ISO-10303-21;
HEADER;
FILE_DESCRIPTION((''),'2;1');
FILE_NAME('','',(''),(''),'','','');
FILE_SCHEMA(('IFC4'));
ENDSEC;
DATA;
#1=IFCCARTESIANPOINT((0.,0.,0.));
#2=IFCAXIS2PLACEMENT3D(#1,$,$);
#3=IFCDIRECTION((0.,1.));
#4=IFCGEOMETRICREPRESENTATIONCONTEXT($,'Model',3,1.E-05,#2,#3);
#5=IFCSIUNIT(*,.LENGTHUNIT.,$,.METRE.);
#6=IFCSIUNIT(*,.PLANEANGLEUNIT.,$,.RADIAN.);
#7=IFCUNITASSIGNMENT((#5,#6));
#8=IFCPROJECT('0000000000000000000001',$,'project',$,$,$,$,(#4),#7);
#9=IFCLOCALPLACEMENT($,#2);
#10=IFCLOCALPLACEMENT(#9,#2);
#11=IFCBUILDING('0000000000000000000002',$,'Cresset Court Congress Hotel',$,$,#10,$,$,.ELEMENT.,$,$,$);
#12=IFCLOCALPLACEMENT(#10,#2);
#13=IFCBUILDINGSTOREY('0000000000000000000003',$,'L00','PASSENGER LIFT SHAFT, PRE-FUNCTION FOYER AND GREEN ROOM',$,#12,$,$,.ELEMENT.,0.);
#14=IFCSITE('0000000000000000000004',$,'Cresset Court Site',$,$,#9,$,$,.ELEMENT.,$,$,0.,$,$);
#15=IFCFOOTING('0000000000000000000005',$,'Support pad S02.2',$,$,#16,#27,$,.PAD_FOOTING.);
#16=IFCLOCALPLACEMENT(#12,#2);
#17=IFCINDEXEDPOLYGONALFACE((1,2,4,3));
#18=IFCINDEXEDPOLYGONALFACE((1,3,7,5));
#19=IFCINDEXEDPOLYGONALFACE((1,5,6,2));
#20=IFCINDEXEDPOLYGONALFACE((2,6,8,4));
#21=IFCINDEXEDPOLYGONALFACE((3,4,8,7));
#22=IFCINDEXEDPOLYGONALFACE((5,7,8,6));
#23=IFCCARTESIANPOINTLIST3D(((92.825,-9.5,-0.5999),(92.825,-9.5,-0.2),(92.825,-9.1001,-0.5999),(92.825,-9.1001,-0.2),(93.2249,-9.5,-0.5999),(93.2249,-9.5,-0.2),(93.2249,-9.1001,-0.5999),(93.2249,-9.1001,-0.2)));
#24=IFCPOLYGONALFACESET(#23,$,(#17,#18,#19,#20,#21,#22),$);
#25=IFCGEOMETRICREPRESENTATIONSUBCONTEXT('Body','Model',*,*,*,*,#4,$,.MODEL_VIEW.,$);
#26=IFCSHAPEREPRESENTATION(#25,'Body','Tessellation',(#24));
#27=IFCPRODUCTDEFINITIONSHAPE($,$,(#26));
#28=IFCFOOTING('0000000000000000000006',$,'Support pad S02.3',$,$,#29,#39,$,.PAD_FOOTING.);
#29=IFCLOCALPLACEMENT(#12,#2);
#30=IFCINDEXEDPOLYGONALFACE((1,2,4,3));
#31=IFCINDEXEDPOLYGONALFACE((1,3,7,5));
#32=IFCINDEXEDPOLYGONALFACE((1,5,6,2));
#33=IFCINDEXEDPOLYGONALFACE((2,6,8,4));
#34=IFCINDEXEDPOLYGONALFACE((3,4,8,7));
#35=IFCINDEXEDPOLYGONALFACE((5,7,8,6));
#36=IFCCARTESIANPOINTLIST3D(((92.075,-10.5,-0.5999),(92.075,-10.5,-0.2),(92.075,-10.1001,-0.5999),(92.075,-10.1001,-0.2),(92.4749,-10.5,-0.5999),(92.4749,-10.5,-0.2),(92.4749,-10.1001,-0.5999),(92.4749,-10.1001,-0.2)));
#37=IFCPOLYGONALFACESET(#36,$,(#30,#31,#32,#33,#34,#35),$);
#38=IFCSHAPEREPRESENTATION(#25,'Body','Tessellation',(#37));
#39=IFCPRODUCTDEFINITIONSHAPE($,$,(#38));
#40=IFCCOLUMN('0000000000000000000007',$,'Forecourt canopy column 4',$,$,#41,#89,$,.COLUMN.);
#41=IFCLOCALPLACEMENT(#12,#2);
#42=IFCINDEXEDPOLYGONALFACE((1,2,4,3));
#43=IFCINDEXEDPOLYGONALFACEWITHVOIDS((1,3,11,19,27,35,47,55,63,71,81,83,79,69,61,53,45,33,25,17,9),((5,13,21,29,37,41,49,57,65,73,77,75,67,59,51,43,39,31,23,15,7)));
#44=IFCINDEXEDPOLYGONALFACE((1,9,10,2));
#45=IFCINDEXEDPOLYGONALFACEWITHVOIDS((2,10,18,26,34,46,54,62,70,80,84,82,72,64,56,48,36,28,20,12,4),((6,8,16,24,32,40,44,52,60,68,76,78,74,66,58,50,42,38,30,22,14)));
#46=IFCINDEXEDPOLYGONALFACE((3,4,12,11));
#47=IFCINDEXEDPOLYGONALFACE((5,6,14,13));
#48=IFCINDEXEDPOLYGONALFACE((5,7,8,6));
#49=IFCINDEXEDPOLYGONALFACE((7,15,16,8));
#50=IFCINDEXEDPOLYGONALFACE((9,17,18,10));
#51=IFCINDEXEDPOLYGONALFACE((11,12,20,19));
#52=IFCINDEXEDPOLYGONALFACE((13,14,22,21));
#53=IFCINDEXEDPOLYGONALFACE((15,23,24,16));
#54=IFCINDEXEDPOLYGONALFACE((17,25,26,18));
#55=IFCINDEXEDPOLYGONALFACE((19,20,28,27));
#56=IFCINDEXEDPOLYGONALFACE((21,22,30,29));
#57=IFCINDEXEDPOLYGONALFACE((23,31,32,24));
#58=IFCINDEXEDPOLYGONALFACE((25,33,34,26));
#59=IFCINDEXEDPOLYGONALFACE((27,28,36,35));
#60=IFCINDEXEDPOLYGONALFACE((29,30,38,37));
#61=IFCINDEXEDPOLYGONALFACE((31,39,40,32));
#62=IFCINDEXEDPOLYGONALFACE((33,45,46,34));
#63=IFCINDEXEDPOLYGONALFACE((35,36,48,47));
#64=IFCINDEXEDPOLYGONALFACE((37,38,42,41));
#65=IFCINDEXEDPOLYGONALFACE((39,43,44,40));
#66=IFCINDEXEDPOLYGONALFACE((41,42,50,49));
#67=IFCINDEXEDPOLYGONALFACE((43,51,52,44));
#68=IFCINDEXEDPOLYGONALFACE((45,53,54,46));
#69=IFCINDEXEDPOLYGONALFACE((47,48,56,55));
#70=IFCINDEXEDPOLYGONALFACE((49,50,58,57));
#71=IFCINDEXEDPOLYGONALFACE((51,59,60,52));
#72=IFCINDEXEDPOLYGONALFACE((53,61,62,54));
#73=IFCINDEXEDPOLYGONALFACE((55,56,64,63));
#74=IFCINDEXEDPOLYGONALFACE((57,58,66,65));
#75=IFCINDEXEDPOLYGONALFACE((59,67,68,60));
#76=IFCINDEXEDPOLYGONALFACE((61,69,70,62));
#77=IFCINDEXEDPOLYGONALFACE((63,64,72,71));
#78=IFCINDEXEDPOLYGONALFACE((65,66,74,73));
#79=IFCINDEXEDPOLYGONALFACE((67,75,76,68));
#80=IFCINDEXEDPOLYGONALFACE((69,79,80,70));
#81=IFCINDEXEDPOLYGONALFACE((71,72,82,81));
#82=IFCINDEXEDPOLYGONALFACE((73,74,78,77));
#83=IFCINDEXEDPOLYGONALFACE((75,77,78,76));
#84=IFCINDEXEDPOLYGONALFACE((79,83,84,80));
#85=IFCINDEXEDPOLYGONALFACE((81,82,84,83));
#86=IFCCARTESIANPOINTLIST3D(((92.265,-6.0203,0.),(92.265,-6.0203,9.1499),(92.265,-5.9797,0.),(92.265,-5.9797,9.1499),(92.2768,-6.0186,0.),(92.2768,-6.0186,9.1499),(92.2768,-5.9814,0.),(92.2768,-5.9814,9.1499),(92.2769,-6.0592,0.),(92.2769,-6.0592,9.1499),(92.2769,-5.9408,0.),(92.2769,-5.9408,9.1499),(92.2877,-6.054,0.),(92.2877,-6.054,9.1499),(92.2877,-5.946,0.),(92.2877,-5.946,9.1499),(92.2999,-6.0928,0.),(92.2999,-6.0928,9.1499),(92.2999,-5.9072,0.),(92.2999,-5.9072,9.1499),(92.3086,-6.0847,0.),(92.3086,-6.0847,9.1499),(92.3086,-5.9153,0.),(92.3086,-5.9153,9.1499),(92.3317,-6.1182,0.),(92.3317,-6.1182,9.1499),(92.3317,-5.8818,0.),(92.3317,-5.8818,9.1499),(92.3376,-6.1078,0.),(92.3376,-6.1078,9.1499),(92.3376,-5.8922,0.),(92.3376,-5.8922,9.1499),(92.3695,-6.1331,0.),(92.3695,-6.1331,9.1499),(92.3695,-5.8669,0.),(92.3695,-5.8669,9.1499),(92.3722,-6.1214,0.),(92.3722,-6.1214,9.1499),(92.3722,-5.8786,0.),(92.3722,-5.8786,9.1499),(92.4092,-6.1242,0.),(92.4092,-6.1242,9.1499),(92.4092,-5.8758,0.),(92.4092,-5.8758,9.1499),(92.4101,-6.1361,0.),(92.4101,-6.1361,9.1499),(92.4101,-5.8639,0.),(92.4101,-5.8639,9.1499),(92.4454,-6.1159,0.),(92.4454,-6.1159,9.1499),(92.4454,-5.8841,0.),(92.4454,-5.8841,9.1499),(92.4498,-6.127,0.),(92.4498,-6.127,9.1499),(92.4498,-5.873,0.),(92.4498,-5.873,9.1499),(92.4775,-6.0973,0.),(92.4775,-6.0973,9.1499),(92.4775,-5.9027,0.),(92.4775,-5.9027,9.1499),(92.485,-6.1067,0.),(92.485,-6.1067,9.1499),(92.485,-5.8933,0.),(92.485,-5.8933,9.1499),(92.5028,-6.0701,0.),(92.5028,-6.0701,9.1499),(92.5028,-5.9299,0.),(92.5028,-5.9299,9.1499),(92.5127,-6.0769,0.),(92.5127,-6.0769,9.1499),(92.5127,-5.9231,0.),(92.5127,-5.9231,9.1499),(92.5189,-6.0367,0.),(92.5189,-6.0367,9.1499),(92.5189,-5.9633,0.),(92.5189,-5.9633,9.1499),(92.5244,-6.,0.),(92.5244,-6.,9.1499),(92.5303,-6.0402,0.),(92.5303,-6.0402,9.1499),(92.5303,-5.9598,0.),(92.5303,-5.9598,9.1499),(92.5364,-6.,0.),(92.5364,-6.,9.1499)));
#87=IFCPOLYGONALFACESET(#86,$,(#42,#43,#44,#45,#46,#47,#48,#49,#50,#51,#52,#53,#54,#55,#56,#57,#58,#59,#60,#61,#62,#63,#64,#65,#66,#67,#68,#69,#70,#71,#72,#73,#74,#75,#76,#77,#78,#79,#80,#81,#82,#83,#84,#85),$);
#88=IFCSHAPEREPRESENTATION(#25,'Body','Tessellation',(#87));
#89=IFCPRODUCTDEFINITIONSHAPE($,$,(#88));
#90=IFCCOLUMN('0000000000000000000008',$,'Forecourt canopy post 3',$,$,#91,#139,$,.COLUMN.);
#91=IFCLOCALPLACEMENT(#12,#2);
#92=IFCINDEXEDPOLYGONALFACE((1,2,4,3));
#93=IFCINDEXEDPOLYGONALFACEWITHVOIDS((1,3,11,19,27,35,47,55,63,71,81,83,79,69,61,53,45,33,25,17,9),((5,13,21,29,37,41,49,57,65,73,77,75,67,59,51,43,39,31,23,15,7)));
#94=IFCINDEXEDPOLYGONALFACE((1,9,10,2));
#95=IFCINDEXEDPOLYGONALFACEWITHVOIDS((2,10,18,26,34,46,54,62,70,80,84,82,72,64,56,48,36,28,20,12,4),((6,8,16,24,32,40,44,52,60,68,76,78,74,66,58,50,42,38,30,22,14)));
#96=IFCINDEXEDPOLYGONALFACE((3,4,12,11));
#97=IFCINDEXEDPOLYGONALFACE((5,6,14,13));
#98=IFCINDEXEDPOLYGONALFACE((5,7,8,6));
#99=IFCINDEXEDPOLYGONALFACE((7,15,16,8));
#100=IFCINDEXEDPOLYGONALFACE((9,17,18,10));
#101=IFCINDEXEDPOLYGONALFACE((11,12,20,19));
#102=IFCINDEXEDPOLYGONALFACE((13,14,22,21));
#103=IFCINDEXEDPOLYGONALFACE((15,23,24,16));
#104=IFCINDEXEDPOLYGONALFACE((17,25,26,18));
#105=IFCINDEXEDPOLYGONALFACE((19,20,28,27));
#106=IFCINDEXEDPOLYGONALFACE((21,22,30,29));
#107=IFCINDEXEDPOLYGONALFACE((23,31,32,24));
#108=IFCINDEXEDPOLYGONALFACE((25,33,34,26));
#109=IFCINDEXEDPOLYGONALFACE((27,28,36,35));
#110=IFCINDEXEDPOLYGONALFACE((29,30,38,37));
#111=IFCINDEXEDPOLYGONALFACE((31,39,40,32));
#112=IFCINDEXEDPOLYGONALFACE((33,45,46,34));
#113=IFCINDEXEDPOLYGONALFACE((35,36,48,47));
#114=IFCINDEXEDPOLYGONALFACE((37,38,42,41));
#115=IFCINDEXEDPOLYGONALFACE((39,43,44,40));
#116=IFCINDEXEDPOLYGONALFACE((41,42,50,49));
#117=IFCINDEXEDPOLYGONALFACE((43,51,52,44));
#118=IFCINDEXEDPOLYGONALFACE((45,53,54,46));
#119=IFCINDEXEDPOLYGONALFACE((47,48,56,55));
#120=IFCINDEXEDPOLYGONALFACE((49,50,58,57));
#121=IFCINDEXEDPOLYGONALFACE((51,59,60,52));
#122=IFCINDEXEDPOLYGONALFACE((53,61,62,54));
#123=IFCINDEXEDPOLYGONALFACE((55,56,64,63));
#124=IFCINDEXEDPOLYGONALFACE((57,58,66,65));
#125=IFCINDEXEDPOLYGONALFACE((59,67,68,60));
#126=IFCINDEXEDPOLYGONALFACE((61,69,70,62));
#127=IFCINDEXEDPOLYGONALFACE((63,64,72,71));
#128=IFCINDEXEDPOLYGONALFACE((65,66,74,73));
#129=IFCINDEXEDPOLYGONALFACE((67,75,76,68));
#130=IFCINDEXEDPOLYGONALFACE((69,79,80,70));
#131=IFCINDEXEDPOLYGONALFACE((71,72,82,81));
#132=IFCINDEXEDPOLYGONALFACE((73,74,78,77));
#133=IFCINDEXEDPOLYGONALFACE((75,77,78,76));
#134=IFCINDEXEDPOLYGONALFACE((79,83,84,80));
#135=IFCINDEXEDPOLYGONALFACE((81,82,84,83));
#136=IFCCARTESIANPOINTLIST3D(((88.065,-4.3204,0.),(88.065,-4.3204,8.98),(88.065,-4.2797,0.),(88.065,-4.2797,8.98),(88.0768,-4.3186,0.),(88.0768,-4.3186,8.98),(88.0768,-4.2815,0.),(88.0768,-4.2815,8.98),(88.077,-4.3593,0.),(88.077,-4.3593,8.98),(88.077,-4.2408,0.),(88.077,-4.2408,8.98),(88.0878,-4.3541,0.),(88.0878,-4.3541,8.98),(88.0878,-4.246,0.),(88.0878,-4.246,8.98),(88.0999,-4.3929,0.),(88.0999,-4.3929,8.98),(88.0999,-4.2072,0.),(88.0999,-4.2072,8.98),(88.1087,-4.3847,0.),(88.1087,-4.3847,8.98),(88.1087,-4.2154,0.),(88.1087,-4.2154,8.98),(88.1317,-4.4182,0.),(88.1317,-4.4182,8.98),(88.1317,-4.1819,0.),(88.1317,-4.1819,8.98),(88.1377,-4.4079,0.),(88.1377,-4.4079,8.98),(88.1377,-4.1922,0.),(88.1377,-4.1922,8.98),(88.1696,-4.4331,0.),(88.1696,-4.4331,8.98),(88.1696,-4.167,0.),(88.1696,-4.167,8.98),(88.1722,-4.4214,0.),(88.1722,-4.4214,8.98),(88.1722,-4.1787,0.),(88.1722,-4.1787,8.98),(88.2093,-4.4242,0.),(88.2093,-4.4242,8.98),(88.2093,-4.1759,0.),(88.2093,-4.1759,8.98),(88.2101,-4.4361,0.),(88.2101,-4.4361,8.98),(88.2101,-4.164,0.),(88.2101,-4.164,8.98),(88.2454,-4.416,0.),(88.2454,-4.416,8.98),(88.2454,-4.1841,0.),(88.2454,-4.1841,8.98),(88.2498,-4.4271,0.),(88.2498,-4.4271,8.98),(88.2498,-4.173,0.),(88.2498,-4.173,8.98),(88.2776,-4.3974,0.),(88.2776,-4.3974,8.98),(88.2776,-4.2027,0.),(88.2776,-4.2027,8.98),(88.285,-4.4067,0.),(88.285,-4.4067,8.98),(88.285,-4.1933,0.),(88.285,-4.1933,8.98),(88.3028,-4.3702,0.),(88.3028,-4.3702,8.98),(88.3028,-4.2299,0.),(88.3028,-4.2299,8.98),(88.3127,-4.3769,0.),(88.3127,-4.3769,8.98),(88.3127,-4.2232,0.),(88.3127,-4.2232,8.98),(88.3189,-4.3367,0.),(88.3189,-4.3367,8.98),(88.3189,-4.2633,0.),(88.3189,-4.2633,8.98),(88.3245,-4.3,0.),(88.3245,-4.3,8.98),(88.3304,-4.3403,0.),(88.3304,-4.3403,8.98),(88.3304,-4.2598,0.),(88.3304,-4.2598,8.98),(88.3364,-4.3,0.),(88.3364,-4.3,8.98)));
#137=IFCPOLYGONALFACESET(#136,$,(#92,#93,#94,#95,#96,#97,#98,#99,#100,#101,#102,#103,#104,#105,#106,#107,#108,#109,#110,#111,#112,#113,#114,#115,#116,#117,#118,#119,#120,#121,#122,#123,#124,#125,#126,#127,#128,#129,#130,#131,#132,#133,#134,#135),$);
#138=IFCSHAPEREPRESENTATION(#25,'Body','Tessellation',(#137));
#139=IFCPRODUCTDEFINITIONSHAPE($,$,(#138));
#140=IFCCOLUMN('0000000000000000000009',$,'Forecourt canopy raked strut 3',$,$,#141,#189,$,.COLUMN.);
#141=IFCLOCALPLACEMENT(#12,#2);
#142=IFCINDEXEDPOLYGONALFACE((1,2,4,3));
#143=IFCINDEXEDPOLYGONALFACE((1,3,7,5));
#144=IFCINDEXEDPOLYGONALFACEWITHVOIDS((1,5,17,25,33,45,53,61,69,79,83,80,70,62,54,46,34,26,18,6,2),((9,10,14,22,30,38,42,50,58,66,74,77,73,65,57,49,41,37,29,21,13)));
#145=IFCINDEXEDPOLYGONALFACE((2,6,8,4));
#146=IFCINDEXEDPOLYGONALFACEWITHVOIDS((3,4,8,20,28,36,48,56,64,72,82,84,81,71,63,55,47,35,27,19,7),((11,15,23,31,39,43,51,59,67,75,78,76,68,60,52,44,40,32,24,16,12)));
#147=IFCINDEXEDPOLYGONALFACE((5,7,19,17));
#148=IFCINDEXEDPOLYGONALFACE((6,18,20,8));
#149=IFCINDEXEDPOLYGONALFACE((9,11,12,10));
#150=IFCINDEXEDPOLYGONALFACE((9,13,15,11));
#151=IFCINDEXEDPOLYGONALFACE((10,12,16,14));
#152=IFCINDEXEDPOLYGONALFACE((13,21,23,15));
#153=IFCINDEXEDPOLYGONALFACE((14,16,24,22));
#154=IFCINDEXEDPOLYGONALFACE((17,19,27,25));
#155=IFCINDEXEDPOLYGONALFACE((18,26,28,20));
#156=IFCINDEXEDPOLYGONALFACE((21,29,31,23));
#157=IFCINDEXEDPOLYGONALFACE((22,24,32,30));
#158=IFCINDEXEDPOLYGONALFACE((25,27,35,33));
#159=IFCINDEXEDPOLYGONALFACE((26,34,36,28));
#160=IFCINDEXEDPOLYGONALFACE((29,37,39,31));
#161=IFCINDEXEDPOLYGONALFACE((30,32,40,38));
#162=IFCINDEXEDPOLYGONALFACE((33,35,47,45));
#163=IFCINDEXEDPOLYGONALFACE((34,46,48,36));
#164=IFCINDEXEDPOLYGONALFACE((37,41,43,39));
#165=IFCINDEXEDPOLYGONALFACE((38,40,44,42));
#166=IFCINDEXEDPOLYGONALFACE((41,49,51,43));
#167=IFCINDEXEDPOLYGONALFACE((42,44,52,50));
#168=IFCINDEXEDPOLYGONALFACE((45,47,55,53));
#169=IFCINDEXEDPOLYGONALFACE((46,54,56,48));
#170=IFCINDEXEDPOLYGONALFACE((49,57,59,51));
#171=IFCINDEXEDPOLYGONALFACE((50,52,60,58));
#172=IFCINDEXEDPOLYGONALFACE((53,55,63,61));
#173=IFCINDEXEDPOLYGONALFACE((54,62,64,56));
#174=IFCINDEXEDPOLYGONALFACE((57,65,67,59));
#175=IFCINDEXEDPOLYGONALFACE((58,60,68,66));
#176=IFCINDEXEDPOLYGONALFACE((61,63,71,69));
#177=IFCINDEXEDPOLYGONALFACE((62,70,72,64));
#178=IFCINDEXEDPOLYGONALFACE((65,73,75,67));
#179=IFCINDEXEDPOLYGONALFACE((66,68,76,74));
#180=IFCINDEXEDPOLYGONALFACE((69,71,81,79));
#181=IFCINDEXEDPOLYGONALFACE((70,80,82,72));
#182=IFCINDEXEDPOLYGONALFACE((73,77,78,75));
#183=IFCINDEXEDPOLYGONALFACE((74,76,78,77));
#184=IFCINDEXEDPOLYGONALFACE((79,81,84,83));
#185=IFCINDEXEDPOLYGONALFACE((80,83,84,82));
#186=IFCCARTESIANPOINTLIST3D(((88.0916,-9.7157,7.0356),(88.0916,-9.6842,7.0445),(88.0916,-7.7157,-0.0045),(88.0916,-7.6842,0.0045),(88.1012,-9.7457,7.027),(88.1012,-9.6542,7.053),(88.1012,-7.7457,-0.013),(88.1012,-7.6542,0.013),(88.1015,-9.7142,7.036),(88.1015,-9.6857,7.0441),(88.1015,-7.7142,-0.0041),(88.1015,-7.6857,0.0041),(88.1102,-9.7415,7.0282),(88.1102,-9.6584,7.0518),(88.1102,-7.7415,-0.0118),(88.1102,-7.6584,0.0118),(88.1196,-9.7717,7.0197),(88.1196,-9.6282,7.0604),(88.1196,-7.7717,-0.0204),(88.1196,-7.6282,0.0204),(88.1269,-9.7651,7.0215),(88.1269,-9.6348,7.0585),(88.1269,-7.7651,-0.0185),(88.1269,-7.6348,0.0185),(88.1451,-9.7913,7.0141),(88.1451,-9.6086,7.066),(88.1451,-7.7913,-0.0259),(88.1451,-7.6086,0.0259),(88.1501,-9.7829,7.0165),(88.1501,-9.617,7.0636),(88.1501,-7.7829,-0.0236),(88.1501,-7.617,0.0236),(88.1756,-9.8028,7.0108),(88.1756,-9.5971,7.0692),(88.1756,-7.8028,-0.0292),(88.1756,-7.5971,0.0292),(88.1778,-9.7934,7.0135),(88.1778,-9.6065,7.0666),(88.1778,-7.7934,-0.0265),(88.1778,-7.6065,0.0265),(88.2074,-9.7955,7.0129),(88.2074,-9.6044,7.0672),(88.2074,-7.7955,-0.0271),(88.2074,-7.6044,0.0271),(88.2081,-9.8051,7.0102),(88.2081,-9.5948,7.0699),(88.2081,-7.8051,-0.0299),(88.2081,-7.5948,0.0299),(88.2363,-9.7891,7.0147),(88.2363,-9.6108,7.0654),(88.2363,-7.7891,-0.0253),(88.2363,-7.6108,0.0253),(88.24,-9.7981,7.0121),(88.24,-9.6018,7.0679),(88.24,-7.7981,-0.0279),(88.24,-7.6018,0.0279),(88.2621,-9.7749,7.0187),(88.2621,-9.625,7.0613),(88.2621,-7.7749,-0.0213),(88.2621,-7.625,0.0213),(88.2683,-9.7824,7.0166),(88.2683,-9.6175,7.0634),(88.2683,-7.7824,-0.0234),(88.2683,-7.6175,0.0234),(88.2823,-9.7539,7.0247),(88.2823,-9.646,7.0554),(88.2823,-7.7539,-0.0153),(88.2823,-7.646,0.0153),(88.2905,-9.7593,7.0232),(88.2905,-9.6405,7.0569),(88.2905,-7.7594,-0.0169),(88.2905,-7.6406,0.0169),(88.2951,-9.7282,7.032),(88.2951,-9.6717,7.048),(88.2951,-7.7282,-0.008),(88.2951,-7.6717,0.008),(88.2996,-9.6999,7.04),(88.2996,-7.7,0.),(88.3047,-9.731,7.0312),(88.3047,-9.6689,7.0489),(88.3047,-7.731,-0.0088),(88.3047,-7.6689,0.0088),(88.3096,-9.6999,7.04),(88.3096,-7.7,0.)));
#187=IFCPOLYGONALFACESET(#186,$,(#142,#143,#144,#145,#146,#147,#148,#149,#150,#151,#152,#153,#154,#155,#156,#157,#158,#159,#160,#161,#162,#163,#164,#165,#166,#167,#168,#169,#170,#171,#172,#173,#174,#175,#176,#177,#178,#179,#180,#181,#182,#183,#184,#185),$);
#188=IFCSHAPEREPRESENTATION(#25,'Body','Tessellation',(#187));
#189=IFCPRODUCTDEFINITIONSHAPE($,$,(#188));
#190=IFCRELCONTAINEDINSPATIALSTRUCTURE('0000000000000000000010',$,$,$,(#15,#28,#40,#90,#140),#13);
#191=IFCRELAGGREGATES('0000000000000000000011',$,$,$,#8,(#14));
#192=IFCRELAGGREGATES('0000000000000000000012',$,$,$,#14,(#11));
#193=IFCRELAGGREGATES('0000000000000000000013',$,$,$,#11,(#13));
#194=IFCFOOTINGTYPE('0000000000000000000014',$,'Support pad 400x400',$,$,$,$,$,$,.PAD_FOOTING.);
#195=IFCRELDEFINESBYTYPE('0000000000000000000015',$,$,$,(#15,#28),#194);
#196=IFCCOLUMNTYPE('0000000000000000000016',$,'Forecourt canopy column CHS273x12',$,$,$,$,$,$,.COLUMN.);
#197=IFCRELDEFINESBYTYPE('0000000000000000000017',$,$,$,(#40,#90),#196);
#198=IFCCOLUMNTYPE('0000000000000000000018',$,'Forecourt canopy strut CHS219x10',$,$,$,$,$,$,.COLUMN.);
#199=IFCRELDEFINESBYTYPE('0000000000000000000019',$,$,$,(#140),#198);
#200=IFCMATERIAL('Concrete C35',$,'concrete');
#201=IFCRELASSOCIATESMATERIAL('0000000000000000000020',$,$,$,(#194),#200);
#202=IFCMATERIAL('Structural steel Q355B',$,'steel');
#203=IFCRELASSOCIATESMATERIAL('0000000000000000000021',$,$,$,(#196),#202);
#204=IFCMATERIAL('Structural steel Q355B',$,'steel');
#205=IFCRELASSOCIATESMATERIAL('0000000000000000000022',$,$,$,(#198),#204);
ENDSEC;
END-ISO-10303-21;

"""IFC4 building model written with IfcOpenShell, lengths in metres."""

from ifc_helpers import new_model, si_unit, direction, frame, origin, origin_2d, place, context, subcontext, project, spatial, rectangle, hollow_circle, extrude, material, material_profile, profile_set, type_object, element, save


model = new_model("IFC4")

# Units and contexts
model_context = context("Model", 3, precision=1e-05, world=origin(), true_north=direction((0.0, 1.0)))
body_context = subcontext(model_context, "Body", "Model", "MODEL_VIEW")
ifc_project = project(units=[si_unit("LENGTHUNIT", "METRE"), si_unit("PLANEANGLEUNIT", "RADIAN")], contexts=[model_context])

# Site, building, storey
site_placement = place(None, origin())
site = spatial("IfcSite", under=ifc_project, at=site_placement, Name="Cresset Court Site", CompositionType="ELEMENT", RefElevation=0.0)
building_placement = place(site_placement, origin())
building = spatial("IfcBuilding", under=site, at=building_placement, Name="Cresset Court Congress Hotel", CompositionType="ELEMENT")
storey_placement = place(building_placement, origin())
storey = spatial("IfcBuildingStorey", under=building, at=storey_placement, Name="L00", Description="PASSENGER LIFT SHAFT, PRE-FUNCTION FOYER AND GREEN ROOM", CompositionType="ELEMENT", Elevation=0.0)

# Footings
ifc_material_1 = material(Name="Concrete C35", Category="concrete")
footing_type = type_object("IfcFootingType", Name="Support pad 400x400", PredefinedType="PAD_FOOTING", material=ifc_material_1)
for number, where, z_axis, x_axis, name in (
    (1, (93.0249, -9.3, -0.5999), (0.0, 0.0, 1.0), (1.0, 0.0, 0.0), "Support pad S02.2"),
    (2, (92.2749, -10.3, -0.5999), (0.0, 0.0, 1.0), (1.0, 0.0, 0.0), "Support pad S02.3"),
):
    element("IfcFooting", number, at=place(storey_placement, frame(where, z_axis=z_axis, x_axis=x_axis)), inside=storey, type_object=footing_type, Name=name, PredefinedType="PAD_FOOTING", context=body_context, shape_type="SweptSolid", body=[
        extrude(rectangle(XDim=0.3999, YDim=0.3999, at=origin_2d()), origin(), (0.0, 0.0, 1.0), 0.3999),
    ])

# Columns
ifc_material_2 = material(Name="Structural steel Q355B", Category="steel")
ifc_material_profile_1 = material_profile(ifc_material_2, hollow_circle(Radius=0.1365, WallThickness=0.012, at=origin_2d()), Name="CHS273x12")
ifc_profile_set_1 = profile_set([ifc_material_profile_1], Name="Structural steel Q355B")
column_type_1 = type_object("IfcColumnType", Name="Forecourt canopy column CHS273x12", PredefinedType="COLUMN", material=ifc_profile_set_1)
column_1_placement = place(storey_placement, frame((92.3999, -6.0, 0.0), z_axis=(0.0, 0.0, 1.0), x_axis=(1.0, 0.0, 0.0)))
element("IfcColumn", 3, at=column_1_placement, inside=storey, type_object=column_type_1, Name="Forecourt canopy column 4", PredefinedType="COLUMN", context=body_context, shape_type="SweptSolid", body=[
    extrude(hollow_circle(Radius=0.1365, WallThickness=0.012, at=origin_2d()), origin(), (0.0, 0.0, 1.0), 9.1499),
])
column_2_placement = place(storey_placement, frame((88.2, -4.3, 0.0), z_axis=(0.0, 0.0, 1.0), x_axis=(1.0, 0.0, 0.0)))
element("IfcColumn", 4, at=column_2_placement, inside=storey, type_object=column_type_1, Name="Forecourt canopy post 3", PredefinedType="COLUMN", context=body_context, shape_type="SweptSolid", body=[
    extrude(hollow_circle(Radius=0.1365, WallThickness=0.012, at=origin_2d()), origin(), (0.0, 0.0, 1.0), 8.98),
])
ifc_material_3 = material(Name="Structural steel Q355B", Category="steel")
ifc_material_profile_2 = material_profile(ifc_material_3, hollow_circle(Radius=0.1096, WallThickness=0.01, at=origin_2d()), Name="CHS219x10")
ifc_profile_set_2 = profile_set([ifc_material_profile_2], Name="Structural steel Q355B")
column_type_2 = type_object("IfcColumnType", Name="Forecourt canopy strut CHS219x10", PredefinedType="COLUMN", material=ifc_profile_set_2)
column_3_placement = place(storey_placement, frame((88.2, -7.7, 0.0), z_axis=(0.0, -0.273276, 0.961936), x_axis=(1.0, 0.0, 0.0)))
element("IfcColumn", 5, at=column_3_placement, inside=storey, type_object=column_type_2, Name="Forecourt canopy raked strut 3", PredefinedType="COLUMN", context=body_context, shape_type="SweptSolid", body=[
    extrude(hollow_circle(Radius=0.1096, WallThickness=0.01, at=origin_2d()), origin(), (0.0, 0.0, 1.0), 7.3186),
])

save(model, "model.ifc")
